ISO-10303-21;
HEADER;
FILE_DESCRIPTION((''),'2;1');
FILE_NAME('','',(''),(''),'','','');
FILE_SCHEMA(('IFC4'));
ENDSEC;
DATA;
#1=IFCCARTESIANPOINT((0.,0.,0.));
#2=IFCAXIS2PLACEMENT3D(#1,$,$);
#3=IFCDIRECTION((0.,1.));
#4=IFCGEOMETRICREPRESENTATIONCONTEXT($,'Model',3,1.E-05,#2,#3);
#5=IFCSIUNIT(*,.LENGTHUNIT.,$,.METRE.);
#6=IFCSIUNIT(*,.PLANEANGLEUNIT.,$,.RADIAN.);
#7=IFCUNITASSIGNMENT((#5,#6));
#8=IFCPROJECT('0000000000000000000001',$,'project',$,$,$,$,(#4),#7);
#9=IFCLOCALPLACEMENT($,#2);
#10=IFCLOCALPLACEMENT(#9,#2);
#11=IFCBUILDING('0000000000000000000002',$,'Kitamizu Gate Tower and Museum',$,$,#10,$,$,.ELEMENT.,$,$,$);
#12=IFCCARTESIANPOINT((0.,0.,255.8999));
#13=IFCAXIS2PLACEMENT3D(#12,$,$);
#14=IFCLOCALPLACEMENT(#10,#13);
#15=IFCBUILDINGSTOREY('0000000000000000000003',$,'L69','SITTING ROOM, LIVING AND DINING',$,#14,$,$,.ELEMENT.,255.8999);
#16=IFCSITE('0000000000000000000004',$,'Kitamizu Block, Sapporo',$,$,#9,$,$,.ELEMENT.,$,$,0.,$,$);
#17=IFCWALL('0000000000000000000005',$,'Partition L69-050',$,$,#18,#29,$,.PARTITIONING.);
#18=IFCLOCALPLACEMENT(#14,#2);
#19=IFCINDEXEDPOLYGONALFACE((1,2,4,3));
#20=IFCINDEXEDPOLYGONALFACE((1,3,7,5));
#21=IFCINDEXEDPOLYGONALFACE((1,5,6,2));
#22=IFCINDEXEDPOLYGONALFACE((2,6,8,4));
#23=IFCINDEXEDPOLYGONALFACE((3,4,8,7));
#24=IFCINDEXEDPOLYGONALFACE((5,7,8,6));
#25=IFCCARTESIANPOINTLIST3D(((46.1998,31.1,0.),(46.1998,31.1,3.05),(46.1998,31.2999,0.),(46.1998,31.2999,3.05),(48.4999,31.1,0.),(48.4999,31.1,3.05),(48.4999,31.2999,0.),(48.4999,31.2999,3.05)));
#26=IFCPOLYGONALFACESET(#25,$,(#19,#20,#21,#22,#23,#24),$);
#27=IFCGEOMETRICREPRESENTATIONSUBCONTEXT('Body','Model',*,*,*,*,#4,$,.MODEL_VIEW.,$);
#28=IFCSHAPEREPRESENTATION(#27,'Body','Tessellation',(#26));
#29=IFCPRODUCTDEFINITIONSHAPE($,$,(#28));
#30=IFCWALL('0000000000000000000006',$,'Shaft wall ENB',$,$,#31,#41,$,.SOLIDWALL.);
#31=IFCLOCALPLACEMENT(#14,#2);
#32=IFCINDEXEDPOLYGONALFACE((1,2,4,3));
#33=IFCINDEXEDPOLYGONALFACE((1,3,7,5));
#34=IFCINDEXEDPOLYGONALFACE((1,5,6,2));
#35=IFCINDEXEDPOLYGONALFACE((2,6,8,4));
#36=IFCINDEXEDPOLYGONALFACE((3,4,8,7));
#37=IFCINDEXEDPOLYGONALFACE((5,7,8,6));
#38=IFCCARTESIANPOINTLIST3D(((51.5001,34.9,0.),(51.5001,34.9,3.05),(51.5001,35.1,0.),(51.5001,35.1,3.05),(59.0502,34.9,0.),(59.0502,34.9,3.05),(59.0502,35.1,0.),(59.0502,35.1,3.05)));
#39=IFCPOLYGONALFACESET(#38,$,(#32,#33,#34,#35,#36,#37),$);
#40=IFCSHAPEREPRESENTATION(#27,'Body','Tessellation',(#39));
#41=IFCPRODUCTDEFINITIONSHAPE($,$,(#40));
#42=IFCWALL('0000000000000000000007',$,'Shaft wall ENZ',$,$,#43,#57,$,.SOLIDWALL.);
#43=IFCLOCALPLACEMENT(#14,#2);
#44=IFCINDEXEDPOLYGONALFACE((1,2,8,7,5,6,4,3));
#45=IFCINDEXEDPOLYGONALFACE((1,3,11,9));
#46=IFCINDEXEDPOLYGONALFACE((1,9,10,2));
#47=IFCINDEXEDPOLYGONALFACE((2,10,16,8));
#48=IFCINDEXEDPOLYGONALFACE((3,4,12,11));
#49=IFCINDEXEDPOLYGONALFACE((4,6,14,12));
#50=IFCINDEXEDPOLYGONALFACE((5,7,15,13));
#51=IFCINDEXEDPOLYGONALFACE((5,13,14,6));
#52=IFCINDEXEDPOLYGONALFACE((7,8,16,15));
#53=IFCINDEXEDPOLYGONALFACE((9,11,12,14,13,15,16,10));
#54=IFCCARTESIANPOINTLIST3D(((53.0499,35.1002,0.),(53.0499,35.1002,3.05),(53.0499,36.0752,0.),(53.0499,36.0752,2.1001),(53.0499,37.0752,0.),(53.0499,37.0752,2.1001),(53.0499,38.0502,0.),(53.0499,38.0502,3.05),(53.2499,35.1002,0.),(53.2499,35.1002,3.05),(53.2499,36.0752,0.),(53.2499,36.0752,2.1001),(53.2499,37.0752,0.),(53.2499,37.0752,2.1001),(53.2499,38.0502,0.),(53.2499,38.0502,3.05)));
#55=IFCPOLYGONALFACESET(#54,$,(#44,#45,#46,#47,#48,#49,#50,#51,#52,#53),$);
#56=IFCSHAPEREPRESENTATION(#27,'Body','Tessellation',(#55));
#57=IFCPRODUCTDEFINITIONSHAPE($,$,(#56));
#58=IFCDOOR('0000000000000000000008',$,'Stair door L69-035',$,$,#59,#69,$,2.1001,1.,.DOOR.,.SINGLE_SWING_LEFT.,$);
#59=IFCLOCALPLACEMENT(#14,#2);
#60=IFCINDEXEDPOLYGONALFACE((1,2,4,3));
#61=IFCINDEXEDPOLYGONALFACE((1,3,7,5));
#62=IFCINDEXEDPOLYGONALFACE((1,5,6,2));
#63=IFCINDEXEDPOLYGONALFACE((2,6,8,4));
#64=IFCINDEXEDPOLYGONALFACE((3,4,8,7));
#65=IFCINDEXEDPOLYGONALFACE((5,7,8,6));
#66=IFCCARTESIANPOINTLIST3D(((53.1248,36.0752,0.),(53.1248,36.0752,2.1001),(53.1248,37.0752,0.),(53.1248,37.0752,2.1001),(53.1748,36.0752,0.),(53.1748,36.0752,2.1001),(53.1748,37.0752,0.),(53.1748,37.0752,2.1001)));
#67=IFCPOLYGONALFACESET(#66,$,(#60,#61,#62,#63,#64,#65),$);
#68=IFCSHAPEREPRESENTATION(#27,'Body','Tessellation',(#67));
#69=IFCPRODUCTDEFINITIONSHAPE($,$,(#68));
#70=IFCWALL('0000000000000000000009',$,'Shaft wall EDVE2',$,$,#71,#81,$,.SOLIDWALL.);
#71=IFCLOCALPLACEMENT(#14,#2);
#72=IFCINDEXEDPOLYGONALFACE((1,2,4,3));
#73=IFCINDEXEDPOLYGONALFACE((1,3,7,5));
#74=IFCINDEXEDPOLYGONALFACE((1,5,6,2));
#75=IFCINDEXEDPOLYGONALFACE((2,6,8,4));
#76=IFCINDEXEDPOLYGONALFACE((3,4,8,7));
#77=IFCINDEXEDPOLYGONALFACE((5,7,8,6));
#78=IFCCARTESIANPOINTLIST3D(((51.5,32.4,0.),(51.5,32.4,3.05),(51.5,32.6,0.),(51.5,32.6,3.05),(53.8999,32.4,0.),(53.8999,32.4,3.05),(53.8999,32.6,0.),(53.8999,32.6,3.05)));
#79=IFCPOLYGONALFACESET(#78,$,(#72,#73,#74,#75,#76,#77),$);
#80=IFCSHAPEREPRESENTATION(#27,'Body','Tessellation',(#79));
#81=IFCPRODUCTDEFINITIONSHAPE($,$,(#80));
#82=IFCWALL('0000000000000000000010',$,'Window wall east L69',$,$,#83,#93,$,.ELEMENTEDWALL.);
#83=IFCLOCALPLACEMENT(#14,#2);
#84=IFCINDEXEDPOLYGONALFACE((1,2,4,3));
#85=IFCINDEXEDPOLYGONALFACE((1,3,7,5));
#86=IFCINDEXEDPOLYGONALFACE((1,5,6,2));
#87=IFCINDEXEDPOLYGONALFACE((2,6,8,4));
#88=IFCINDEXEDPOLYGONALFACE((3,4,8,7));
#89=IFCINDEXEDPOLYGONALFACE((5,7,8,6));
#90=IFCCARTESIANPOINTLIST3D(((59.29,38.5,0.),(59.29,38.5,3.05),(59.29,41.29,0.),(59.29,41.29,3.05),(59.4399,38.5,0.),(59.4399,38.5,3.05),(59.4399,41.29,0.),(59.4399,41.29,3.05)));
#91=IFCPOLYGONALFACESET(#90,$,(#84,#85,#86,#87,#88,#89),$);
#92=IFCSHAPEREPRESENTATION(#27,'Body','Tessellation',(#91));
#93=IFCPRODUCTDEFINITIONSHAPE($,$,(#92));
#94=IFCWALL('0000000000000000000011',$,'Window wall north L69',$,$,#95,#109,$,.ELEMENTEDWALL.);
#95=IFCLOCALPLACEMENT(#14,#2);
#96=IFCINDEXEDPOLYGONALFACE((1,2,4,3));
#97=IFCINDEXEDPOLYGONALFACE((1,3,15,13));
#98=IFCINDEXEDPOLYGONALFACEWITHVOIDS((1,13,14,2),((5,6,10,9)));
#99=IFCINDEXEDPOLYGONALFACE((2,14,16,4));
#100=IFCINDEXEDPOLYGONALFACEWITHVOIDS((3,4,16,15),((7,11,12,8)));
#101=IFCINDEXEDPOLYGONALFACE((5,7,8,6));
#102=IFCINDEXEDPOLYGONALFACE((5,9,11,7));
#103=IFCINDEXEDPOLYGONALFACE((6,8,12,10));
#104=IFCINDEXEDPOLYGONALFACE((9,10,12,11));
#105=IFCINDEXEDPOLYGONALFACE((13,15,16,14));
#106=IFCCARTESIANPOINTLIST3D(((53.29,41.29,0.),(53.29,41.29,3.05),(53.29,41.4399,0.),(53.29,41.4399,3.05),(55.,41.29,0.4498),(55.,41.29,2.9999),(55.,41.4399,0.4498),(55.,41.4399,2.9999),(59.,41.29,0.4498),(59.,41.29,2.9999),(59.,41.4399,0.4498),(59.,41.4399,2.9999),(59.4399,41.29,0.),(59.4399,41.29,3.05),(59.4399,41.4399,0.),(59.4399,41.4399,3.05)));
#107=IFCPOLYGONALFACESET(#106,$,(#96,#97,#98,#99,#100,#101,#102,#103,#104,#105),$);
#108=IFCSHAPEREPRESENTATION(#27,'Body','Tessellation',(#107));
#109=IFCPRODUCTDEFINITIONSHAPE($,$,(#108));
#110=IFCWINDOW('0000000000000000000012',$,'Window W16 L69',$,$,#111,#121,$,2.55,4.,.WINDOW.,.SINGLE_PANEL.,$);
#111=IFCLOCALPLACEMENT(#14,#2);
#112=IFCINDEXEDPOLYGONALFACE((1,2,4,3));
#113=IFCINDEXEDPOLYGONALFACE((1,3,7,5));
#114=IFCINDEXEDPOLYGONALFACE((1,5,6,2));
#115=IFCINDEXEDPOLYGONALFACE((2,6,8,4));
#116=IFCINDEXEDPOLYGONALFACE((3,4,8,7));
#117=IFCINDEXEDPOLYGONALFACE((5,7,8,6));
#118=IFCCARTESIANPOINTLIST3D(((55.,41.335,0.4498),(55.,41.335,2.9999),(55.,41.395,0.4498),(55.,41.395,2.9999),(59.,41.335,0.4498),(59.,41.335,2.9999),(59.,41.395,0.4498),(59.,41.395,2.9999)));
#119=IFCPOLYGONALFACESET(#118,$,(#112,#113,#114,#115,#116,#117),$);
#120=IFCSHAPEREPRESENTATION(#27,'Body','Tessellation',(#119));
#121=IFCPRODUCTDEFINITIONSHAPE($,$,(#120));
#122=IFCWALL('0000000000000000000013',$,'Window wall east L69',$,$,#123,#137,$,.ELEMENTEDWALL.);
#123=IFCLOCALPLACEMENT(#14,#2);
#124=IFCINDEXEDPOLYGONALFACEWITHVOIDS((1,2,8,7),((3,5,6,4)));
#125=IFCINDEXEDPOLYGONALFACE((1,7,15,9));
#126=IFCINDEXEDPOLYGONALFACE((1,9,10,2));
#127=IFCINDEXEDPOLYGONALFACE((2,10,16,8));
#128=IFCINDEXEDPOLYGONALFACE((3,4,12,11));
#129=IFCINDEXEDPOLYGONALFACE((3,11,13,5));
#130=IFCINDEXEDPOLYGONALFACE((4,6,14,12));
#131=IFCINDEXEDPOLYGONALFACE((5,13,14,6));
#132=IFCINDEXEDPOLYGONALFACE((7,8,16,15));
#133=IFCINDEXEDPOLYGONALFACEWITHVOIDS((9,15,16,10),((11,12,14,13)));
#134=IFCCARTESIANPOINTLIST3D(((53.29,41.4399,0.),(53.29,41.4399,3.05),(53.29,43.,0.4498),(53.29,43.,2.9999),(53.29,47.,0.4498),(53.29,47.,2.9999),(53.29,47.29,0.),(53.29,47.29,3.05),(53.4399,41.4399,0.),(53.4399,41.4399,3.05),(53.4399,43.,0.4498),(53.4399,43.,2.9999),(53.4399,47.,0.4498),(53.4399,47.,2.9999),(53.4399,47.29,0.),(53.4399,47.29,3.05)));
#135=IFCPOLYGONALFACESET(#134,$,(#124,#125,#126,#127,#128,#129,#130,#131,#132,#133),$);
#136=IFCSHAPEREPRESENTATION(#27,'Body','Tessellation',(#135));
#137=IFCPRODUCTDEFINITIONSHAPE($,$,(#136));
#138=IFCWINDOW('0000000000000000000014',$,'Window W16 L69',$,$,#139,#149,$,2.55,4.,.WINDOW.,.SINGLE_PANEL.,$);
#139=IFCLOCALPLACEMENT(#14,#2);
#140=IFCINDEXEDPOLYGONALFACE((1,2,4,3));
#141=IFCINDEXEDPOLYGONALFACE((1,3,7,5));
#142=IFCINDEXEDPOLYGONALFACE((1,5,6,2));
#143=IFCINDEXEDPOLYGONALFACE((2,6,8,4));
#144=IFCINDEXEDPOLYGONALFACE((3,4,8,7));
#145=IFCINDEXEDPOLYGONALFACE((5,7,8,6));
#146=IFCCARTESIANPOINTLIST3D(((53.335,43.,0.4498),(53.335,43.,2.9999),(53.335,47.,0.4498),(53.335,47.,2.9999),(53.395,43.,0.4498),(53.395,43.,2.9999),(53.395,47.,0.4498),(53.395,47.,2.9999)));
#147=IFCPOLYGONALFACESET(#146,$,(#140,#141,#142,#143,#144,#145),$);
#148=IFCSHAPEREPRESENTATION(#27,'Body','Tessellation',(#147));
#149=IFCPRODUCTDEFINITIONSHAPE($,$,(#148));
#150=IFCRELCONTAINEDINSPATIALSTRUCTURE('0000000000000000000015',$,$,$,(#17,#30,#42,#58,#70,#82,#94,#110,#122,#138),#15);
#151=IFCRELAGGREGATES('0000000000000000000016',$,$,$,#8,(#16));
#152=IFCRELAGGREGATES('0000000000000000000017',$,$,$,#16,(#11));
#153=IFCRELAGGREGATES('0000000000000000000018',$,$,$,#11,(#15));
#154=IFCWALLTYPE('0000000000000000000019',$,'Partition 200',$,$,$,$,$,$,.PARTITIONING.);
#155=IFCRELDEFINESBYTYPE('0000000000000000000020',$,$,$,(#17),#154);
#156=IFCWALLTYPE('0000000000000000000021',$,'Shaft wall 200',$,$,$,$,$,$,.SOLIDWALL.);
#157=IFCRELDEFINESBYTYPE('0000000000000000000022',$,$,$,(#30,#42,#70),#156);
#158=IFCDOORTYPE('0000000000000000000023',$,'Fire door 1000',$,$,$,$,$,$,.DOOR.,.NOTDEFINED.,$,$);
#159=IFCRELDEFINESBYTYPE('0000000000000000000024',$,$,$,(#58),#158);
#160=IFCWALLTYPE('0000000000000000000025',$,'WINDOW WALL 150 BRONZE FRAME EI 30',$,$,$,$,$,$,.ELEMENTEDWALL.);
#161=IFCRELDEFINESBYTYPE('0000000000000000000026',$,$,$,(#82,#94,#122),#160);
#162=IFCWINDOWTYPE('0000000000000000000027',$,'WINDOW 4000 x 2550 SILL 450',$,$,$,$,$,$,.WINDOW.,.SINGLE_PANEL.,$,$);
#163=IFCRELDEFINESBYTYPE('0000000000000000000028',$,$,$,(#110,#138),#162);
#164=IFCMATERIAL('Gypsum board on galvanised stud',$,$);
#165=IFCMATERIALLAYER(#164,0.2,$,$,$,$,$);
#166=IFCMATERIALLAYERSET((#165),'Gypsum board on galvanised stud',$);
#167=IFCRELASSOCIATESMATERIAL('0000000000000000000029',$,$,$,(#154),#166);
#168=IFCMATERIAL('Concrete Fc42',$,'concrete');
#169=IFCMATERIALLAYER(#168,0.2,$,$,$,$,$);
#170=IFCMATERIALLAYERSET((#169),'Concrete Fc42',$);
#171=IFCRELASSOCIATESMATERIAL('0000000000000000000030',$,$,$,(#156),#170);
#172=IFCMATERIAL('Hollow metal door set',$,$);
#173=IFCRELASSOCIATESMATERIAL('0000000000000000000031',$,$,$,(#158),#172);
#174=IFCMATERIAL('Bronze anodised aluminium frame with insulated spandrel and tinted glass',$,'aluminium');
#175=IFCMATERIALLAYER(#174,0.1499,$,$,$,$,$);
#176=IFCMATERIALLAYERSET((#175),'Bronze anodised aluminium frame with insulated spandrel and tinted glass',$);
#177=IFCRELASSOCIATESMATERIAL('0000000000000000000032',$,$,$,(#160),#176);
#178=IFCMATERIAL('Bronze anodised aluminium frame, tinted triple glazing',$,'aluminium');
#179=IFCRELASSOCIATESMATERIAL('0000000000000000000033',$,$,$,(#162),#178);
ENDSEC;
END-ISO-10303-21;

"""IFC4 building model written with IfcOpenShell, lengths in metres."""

from ifc_helpers import new_model, si_unit, direction, frame, frame_2d, origin, place, context, subcontext, project, spatial, rectangle, extrude, material, layer, layer_set, type_object, element, fill, save


model = new_model("IFC4")

# Units and contexts
model_context = context("Model", 3, precision=1e-05, world=origin(), true_north=direction((0.0, 1.0)))
body_context = subcontext(model_context, "Body", "Model", "MODEL_VIEW")
ifc_project = project(units=[si_unit("LENGTHUNIT", "METRE"), si_unit("PLANEANGLEUNIT", "RADIAN")], contexts=[model_context])

# Site, building, storey
site_placement = place(None, origin())
site = spatial("IfcSite", under=ifc_project, at=site_placement, Name="Kitamizu Block, Sapporo", CompositionType="ELEMENT", RefElevation=0.0)
building_placement = place(site_placement, origin())
building = spatial("IfcBuilding", under=site, at=building_placement, Name="Kitamizu Gate Tower and Museum", CompositionType="ELEMENT")
storey_placement = place(building_placement, frame((0.0, 0.0, 255.8999)))
storey = spatial("IfcBuildingStorey", under=building, at=storey_placement, Name="L69", Description="SITTING ROOM, LIVING AND DINING", CompositionType="ELEMENT", Elevation=255.8999)

# Shared definitions
ifc_material_1 = material(Name="Gypsum board on galvanised stud")
ifc_layer_1 = layer(ifc_material_1, 0.2)
ifc_layer_set_1 = layer_set([ifc_layer_1], Name="Gypsum board on galvanised stud")
wall_type_1 = type_object("IfcWallType", Name="Partition 200", PredefinedType="PARTITIONING", material=ifc_layer_set_1)

# Walls
wall_1_placement = place(storey_placement, frame((46.2, 31.2, 0.0), z_axis=(0.0, 0.0, 1.0), x_axis=(1.0, 0.0, 0.0)))
element("IfcWall", 1, at=wall_1_placement, inside=storey, type_object=wall_type_1, Name="Partition L69-050", PredefinedType="PARTITIONING", context=body_context, shape_type="SweptSolid", body=[
    extrude(rectangle(XDim=2.3, YDim=0.2, at=frame_2d((1.1499, 0.0))), origin(), (0.0, 0.0, 1.0), 3.05),
])
ifc_material_2 = material(Name="Concrete Fc42", Category="concrete")
ifc_layer_2 = layer(ifc_material_2, 0.2)
ifc_layer_set_2 = layer_set([ifc_layer_2], Name="Concrete Fc42")
wall_type_2 = type_object("IfcWallType", Name="Shaft wall 200", PredefinedType="SOLIDWALL", material=ifc_layer_set_2)
wall_2_placement = place(storey_placement, frame((59.05, 35.0, 0.0), z_axis=(0.0, 0.0, 1.0), x_axis=(-1.0, 0.0, 0.0)))
element("IfcWall", 2, at=wall_2_placement, inside=storey, type_object=wall_type_2, Name="Shaft wall ENB", PredefinedType="SOLIDWALL", context=body_context, shape_type="SweptSolid", body=[
    extrude(rectangle(XDim=7.55, YDim=0.2, at=frame_2d((3.7749, 0.0))), origin(), (0.0, 0.0, 1.0), 3.05),
])

# Wall, opening, door
wall_3_placement = place(storey_placement, frame((53.1499, 35.1001, 0.0), z_axis=(0.0, 0.0, 1.0), x_axis=(0.0, 1.0, 0.0)))
wall_3 = element("IfcWall", 3, at=wall_3_placement, inside=storey, type_object=wall_type_2, Name="Shaft wall ENZ", PredefinedType="SOLIDWALL", context=body_context, shape_type="SweptSolid", body=[
    extrude(rectangle(XDim=2.95, YDim=0.2, at=frame_2d((1.4751, 0.0))), origin(), (0.0, 0.0, 1.0), 3.05),
])
opening_1_placement = place(wall_3_placement, frame((0.9751, 0.0, 0.0)))
opening_1 = element("IfcOpeningElement", 4, at=opening_1_placement, cuts=wall_3, PredefinedType="OPENING", context=body_context, shape_type="SweptSolid", body=[
    extrude(rectangle(XDim=1.0, YDim=2.1001, at=frame_2d((0.5, 1.05))), frame((0.0, 0.1099, 0.0), z_axis=(0.0, -1.0, 0.0), x_axis=(1.0, 0.0, 0.0)), (0.0, 0.0, 1.0), 0.22),
])
ifc_material_3 = material(Name="Hollow metal door set")
door_type_1 = type_object("IfcDoorType", Name="Fire door 1000", OperationType="NOTDEFINED", PredefinedType="DOOR", material=ifc_material_3)
door_1_placement = place(opening_1_placement, frame((1.0, 0.0, 0.0), x_axis=(-1.0, 0.0, 0.0)))
door_1 = element("IfcDoor", 5, at=door_1_placement, inside=storey, type_object=door_type_1, Name="Stair door L69-035", OperationType="SINGLE_SWING_LEFT", OverallHeight=2.1001, OverallWidth=1.0, PredefinedType="DOOR", context=body_context, shape_type="SweptSolid", body=[
    extrude(rectangle(XDim=1.0, YDim=2.1001, at=frame_2d((0.5, 1.05))), frame((0.0, 0.0249, 0.0), z_axis=(0.0, -1.0, 0.0), x_axis=(1.0, 0.0, 0.0)), (0.0, 0.0, 1.0), 0.05),
])
fill(opening_1, door_1)

# Walls
wall_4_placement = place(storey_placement, frame((53.8999, 32.5, 0.0), z_axis=(0.0, 0.0, 1.0), x_axis=(-1.0, 0.0, 0.0)))
element("IfcWall", 6, at=wall_4_placement, inside=storey, type_object=wall_type_2, Name="Shaft wall EDVE2", PredefinedType="SOLIDWALL", context=body_context, shape_type="SweptSolid", body=[
    extrude(rectangle(XDim=2.3999, YDim=0.2, at=frame_2d((1.2, 0.0))), origin(), (0.0, 0.0, 1.0), 3.05),
])
ifc_material_4 = material(Name="Bronze anodised aluminium frame with insulated spandrel and tinted glass", Category="aluminium")
ifc_layer_3 = layer(ifc_material_4, 0.1499)
ifc_layer_set_3 = layer_set([ifc_layer_3], Name="Bronze anodised aluminium frame with insulated spandrel and tinted glass")
wall_type_3 = type_object("IfcWallType", Name="WINDOW WALL 150 BRONZE FRAME EI 30", PredefinedType="ELEMENTEDWALL", material=ifc_layer_set_3)
wall_5_placement = place(storey_placement, frame((59.365, 38.5, 0.0), z_axis=(0.0, 0.0, 1.0), x_axis=(0.0, 1.0, 0.0)))
element("IfcWall", 7, at=wall_5_placement, inside=storey, type_object=wall_type_3, Name="Window wall east L69", PredefinedType="ELEMENTEDWALL", context=body_context, shape_type="SweptSolid", body=[
    extrude(rectangle(XDim=2.79, YDim=0.1499, at=frame_2d((1.395, 0.0))), origin(), (0.0, 0.0, 1.0), 3.05),
])

# Walls, openings, windows
wall_6_placement = place(storey_placement, frame((53.29, 41.365, 0.0), z_axis=(0.0, 0.0, 1.0), x_axis=(1.0, 0.0, 0.0)))
wall_6 = element("IfcWall", 8, at=wall_6_placement, inside=storey, type_object=wall_type_3, Name="Window wall north L69", PredefinedType="ELEMENTEDWALL", context=body_context, shape_type="SweptSolid", body=[
    extrude(rectangle(XDim=6.1499, YDim=0.1499, at=frame_2d((3.075, 0.0))), origin(), (0.0, 0.0, 1.0), 3.05),
])
opening_2_placement = place(wall_6_placement, frame((1.71, 0.0, 0.45)))
opening_2 = element("IfcOpeningElement", 9, at=opening_2_placement, cuts=wall_6, PredefinedType="OPENING", context=body_context, shape_type="SweptSolid", body=[
    extrude(rectangle(XDim=4.0, YDim=2.55, at=frame_2d((2.0, 1.2749))), frame((0.0, 0.085, 0.0), z_axis=(0.0, -1.0, 0.0), x_axis=(1.0, 0.0, 0.0)), (0.0, 0.0, 1.0), 0.1699),
])
ifc_material_5 = material(Name="Bronze anodised aluminium frame, tinted triple glazing", Category="aluminium")
window_type = type_object("IfcWindowType", Name="WINDOW 4000 x 2550 SILL 450", PartitioningType="SINGLE_PANEL", PredefinedType="WINDOW", material=ifc_material_5)
window_1_placement = place(opening_2_placement, origin())
window_1 = element("IfcWindow", 10, at=window_1_placement, inside=storey, type_object=window_type, Name="Window W16 L69", OverallHeight=2.55, OverallWidth=4.0, PartitioningType="SINGLE_PANEL", PredefinedType="WINDOW", context=body_context, shape_type="SweptSolid", body=[
    extrude(rectangle(XDim=4.0, YDim=2.55, at=frame_2d((2.0, 1.2749))), frame((0.0, 0.03, 0.0), z_axis=(0.0, -1.0, 0.0), x_axis=(1.0, 0.0, 0.0)), (0.0, 0.0, 1.0), 0.0601),
])
fill(opening_2, window_1)
wall_7_placement = place(storey_placement, frame((53.365, 41.4399, 0.0), z_axis=(0.0, 0.0, 1.0), x_axis=(0.0, 1.0, 0.0)))
wall_7 = element("IfcWall", 11, at=wall_7_placement, inside=storey, type_object=wall_type_3, Name="Window wall east L69", PredefinedType="ELEMENTEDWALL", context=body_context, shape_type="SweptSolid", body=[
    extrude(rectangle(XDim=5.8501, YDim=0.1499, at=frame_2d((2.925, 0.0))), origin(), (0.0, 0.0, 1.0), 3.05),
])
opening_3_placement = place(wall_7_placement, frame((1.5601, 0.0, 0.45)))
opening_3 = element("IfcOpeningElement", 12, at=opening_3_placement, cuts=wall_7, PredefinedType="OPENING", context=body_context, shape_type="SweptSolid", body=[
    extrude(rectangle(XDim=4.0, YDim=2.55, at=frame_2d((2.0, 1.2749))), frame((0.0, 0.085, 0.0), z_axis=(0.0, -1.0, 0.0), x_axis=(1.0, 0.0, 0.0)), (0.0, 0.0, 1.0), 0.1699),
])
window_2_placement = place(opening_3_placement, origin())
window_2 = element("IfcWindow", 13, at=window_2_placement, inside=storey, type_object=window_type, Name="Window W16 L69", OverallHeight=2.55, OverallWidth=4.0, PartitioningType="SINGLE_PANEL", PredefinedType="WINDOW", context=body_context, shape_type="SweptSolid", body=[
    extrude(rectangle(XDim=4.0, YDim=2.55, at=frame_2d((2.0, 1.2749))), frame((0.0, 0.03, 0.0), z_axis=(0.0, -1.0, 0.0), x_axis=(1.0, 0.0, 0.0)), (0.0, 0.0, 1.0), 0.0601),
])
fill(opening_3, window_2)

save(model, "model.ifc")
